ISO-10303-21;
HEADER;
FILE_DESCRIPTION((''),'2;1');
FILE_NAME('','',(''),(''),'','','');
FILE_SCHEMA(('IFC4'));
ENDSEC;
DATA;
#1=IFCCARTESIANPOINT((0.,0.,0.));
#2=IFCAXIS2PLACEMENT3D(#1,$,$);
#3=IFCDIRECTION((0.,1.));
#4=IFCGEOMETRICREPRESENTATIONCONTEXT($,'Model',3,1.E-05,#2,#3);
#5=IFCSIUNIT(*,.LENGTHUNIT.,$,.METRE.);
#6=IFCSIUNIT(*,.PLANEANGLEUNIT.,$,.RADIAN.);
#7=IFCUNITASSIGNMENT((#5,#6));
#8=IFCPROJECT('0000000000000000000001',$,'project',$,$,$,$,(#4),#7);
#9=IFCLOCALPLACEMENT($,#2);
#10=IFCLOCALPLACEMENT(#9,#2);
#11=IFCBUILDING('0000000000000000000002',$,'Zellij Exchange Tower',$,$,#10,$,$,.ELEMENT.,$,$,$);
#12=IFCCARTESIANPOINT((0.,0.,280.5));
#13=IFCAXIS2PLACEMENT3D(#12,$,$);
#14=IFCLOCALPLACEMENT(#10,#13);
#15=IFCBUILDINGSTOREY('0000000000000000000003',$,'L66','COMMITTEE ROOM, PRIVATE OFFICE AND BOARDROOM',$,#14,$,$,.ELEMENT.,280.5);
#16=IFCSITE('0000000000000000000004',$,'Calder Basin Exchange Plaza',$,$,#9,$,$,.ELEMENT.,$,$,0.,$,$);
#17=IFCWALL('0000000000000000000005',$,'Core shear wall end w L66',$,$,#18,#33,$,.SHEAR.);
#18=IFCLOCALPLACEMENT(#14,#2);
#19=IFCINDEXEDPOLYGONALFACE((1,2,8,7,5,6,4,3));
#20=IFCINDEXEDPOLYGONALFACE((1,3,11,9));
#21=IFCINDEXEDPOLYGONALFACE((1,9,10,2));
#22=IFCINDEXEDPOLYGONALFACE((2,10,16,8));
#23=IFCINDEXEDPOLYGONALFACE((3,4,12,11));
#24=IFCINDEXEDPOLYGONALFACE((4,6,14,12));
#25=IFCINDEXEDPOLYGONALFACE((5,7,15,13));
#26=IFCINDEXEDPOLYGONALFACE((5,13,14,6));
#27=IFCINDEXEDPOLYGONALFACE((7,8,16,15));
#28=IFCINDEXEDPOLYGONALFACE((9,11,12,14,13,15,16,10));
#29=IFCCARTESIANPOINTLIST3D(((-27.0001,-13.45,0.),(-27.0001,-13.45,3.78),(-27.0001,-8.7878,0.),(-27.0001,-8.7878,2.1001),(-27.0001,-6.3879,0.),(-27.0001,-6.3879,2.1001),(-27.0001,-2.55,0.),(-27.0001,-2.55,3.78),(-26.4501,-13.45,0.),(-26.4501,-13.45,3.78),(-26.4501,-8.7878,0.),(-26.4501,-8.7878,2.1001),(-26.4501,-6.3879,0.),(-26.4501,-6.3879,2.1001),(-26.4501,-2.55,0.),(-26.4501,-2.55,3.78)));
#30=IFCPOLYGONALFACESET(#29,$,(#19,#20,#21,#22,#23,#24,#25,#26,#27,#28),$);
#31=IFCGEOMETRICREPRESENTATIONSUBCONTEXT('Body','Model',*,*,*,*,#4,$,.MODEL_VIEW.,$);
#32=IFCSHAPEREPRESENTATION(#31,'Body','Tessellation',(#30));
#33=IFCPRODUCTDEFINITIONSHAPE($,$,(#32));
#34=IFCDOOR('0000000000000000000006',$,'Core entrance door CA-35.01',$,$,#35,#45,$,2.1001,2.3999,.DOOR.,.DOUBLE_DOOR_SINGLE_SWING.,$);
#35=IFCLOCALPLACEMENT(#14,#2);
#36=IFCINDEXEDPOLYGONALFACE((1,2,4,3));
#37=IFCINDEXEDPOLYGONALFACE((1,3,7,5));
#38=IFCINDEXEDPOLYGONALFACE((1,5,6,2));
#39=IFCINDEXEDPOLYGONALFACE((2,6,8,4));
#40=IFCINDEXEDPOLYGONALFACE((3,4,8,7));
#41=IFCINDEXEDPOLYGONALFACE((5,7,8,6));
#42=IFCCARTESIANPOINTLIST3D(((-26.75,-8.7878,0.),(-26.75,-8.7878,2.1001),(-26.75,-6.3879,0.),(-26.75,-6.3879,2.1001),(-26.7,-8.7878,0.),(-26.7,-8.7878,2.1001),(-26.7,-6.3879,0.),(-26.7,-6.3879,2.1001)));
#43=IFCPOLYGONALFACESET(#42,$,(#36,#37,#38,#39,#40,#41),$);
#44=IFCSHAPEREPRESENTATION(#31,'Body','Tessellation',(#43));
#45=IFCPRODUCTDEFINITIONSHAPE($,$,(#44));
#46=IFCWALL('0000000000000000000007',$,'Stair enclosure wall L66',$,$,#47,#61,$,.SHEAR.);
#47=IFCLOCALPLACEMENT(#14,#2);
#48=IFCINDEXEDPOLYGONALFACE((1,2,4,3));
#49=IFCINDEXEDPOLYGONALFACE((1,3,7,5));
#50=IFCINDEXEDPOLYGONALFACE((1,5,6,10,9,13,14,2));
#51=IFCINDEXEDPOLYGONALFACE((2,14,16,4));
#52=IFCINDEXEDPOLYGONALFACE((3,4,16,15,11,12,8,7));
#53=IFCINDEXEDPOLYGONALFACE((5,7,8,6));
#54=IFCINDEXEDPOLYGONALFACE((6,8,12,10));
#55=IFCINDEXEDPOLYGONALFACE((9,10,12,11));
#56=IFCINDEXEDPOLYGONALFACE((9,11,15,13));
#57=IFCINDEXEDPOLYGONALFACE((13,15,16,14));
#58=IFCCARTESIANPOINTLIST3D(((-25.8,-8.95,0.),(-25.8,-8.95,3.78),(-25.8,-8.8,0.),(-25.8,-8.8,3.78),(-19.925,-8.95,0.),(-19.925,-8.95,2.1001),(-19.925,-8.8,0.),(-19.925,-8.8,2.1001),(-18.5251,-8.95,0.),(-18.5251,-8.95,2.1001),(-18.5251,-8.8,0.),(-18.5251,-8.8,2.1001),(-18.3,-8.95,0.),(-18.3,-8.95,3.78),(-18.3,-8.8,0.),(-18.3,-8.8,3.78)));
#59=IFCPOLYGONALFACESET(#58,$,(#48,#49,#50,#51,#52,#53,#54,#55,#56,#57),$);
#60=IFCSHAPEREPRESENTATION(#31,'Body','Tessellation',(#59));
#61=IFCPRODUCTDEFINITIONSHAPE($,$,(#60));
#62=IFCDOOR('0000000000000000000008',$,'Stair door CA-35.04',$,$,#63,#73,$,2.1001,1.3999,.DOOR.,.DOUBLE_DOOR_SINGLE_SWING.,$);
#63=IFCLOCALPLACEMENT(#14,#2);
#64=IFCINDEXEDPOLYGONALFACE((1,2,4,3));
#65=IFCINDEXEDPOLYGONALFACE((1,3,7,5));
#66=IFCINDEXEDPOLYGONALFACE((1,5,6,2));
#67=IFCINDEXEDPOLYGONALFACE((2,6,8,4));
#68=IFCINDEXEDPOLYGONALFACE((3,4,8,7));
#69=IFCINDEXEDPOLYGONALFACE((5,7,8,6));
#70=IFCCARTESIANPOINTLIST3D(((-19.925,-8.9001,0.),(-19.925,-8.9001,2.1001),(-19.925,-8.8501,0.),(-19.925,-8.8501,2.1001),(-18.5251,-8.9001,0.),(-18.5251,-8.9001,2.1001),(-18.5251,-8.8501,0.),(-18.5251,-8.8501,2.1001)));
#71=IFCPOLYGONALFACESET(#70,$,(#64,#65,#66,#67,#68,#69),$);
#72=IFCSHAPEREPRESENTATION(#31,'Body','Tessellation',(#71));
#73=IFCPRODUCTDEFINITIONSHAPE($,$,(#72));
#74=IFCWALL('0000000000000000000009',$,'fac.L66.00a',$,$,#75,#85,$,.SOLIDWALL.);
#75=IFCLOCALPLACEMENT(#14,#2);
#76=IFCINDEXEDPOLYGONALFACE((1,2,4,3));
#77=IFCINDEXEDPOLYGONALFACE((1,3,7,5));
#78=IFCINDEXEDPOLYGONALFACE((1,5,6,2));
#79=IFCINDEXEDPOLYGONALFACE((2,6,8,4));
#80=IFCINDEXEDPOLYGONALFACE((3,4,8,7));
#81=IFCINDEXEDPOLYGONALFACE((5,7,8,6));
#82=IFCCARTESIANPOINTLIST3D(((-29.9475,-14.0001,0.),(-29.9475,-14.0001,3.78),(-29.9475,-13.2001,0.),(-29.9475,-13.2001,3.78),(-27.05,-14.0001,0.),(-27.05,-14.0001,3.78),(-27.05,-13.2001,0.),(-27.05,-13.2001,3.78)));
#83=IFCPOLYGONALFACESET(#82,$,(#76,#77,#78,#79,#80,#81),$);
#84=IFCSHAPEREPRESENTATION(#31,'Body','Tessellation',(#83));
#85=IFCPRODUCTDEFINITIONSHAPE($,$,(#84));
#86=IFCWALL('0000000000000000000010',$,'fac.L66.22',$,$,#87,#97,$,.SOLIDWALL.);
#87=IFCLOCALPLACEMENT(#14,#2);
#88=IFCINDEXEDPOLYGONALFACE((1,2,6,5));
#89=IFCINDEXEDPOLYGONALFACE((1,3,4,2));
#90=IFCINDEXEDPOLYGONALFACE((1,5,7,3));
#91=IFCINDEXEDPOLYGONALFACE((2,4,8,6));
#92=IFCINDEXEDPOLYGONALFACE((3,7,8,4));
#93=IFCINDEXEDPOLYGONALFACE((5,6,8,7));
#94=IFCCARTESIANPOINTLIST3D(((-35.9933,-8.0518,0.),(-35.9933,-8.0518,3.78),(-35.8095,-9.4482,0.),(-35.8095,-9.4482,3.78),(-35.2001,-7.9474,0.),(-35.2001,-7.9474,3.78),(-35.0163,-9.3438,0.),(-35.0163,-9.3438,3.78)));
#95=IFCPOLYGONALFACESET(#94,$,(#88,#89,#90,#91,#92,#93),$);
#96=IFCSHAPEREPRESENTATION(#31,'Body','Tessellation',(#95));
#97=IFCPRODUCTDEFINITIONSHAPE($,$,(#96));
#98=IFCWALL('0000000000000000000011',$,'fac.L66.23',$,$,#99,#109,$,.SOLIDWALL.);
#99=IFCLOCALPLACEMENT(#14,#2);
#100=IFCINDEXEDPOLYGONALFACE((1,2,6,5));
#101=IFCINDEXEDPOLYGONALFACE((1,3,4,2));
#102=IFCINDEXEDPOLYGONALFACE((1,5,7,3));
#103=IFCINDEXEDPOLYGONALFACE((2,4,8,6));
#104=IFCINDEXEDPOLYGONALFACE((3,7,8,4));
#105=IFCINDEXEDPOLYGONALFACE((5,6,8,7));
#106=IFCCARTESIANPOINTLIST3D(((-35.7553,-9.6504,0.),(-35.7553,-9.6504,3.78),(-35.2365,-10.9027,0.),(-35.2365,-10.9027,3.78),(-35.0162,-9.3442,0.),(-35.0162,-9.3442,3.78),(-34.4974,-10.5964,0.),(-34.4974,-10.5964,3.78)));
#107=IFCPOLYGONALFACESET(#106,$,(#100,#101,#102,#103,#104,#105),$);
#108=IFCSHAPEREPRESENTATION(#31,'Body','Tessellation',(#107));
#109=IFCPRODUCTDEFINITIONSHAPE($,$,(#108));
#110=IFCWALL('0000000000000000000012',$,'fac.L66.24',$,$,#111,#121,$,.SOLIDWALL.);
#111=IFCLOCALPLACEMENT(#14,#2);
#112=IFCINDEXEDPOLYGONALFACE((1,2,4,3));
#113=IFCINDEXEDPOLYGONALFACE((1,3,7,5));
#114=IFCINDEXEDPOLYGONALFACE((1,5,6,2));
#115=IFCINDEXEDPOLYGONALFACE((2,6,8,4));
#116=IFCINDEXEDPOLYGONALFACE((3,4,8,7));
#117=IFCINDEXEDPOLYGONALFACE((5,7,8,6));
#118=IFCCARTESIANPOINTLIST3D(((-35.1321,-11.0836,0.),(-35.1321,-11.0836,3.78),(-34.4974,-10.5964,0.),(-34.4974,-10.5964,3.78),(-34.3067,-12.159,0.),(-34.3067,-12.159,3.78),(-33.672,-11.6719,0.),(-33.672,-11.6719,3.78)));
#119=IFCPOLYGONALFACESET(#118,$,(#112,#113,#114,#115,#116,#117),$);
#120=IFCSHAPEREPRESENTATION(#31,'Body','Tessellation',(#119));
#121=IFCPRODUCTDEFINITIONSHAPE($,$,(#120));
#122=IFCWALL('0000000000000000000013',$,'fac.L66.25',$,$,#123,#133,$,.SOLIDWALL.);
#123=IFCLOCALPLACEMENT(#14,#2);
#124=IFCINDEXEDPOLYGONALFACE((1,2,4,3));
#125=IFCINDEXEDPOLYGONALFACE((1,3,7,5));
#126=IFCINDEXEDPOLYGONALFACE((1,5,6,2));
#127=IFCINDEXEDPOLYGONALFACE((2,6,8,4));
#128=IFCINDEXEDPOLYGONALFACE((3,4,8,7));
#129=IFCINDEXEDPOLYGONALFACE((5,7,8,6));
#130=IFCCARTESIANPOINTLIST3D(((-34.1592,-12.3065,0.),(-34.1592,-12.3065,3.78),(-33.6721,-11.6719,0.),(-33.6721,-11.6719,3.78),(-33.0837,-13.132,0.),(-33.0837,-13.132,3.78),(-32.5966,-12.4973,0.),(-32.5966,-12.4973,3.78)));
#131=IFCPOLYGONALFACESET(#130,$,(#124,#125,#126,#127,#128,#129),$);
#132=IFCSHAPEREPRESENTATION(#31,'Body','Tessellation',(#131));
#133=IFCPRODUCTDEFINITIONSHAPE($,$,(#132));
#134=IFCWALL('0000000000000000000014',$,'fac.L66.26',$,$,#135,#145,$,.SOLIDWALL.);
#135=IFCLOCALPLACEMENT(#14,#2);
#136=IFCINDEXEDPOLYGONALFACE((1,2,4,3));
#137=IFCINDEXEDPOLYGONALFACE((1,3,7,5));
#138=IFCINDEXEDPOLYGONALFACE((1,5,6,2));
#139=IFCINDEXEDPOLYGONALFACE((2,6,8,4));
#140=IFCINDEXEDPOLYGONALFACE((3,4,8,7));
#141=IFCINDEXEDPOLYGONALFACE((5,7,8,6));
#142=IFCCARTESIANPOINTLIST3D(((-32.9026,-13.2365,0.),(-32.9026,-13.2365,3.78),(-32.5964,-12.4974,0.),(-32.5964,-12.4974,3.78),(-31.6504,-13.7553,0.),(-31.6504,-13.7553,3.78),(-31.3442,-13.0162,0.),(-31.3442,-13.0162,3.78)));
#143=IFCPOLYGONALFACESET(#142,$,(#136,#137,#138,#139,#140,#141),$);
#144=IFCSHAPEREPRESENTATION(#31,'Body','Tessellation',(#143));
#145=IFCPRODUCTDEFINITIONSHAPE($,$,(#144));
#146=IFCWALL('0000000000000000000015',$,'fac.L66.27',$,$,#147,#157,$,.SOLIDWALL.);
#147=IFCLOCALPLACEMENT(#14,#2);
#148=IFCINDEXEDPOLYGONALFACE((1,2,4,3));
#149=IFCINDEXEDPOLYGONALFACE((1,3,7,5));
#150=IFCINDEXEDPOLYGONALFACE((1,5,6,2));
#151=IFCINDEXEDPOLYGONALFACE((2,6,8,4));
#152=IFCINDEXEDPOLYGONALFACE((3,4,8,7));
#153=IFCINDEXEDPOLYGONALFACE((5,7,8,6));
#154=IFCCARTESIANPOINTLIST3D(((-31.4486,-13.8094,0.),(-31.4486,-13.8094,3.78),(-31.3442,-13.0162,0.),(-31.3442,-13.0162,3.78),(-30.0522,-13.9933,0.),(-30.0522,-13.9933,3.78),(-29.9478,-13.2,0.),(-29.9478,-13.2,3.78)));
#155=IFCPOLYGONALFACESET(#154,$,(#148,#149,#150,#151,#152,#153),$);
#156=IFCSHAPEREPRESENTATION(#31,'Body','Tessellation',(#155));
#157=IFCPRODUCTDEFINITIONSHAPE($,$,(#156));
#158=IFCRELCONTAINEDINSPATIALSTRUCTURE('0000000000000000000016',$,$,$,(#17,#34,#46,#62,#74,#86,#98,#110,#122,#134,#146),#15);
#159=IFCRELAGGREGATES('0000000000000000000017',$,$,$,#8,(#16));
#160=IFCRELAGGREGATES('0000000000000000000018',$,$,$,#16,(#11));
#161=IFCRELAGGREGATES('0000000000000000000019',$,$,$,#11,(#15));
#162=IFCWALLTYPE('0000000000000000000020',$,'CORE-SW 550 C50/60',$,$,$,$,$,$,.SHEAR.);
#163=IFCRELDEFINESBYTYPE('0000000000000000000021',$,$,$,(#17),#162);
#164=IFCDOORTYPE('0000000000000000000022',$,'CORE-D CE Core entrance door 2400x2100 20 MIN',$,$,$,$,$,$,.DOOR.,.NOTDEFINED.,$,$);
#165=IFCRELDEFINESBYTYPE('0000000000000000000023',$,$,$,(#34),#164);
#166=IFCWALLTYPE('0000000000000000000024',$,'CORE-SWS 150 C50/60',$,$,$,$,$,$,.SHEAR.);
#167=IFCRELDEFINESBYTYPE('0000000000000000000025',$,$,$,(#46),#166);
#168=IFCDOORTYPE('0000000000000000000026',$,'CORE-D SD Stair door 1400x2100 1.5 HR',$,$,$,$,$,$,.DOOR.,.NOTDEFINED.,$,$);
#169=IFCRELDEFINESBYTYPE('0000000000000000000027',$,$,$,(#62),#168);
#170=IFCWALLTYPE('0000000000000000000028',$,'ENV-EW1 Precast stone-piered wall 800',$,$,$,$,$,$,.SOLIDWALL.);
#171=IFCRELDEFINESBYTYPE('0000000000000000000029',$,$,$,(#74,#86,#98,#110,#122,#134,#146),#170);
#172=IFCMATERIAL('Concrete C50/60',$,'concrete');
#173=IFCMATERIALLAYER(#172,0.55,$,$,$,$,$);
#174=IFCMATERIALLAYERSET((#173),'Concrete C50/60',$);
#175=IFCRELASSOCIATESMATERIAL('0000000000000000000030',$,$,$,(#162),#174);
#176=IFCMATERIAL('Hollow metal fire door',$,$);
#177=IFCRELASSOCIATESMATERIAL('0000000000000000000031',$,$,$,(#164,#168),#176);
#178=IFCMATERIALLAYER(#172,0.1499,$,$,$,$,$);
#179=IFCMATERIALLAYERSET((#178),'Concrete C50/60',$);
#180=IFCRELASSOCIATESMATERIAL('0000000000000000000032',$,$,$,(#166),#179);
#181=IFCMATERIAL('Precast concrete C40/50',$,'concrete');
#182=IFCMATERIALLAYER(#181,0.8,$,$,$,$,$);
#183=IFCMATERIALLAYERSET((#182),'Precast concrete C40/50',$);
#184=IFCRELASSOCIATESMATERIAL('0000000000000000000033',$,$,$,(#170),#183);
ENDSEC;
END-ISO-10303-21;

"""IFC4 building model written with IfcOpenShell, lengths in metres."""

from ifc_helpers import new_model, si_unit, direction, frame, frame_2d, origin, place, context, subcontext, project, spatial, rectangle, extrude, material, layer, layer_set, type_object, element, fill, save


model = new_model("IFC4")

# Units and contexts
model_context = context("Model", 3, precision=1e-05, world=origin(), true_north=direction((0.0, 1.0)))
body_context = subcontext(model_context, "Body", "Model", "MODEL_VIEW")
ifc_project = project(units=[si_unit("LENGTHUNIT", "METRE"), si_unit("PLANEANGLEUNIT", "RADIAN")], contexts=[model_context])

# Site, building, storey
site_placement = place(None, origin())
site = spatial("IfcSite", under=ifc_project, at=site_placement, Name="Calder Basin Exchange Plaza", CompositionType="ELEMENT", RefElevation=0.0)
building_placement = place(site_placement, origin())
building = spatial("IfcBuilding", under=site, at=building_placement, Name="Zellij Exchange Tower", CompositionType="ELEMENT")
storey_placement = place(building_placement, frame((0.0, 0.0, 280.5)))
storey = spatial("IfcBuildingStorey", under=building, at=storey_placement, Name="L66", Description="COMMITTEE ROOM, PRIVATE OFFICE AND BOARDROOM", CompositionType="ELEMENT", Elevation=280.5)

# Shared definitions
ifc_material_1 = material(Name="Concrete C50/60", Category="concrete")

# Shared definitions
ifc_layer_1 = layer(ifc_material_1, 0.55)
ifc_layer_set_1 = layer_set([ifc_layer_1], Name="Concrete C50/60")
wall_type_1 = type_object("IfcWallType", Name="CORE-SW 550 C50/60", PredefinedType="SHEAR", material=ifc_layer_set_1)

# Walls, openings, doors
wall_1_placement = place(storey_placement, frame((-26.7251, -13.45, 0.0), z_axis=(0.0, 0.0, 1.0), x_axis=(0.0, 1.0, 0.0)))
wall_1 = element("IfcWall", 1, at=wall_1_placement, inside=storey, type_object=wall_type_1, Name="Core shear wall end w L66", PredefinedType="SHEAR", context=body_context, shape_type="SweptSolid", body=[
    extrude(rectangle(XDim=10.8999, YDim=0.55, at=frame_2d((5.45, 0.0))), origin(), (0.0, 0.0, 1.0), 3.78),
])
opening_1_placement = place(wall_1_placement, frame((4.6621, 0.0, 0.0)))
opening_1 = element("IfcOpeningElement", 2, at=opening_1_placement, cuts=wall_1, PredefinedType="OPENING", context=body_context, shape_type="SweptSolid", body=[
    extrude(rectangle(XDim=2.3999, YDim=2.1001, at=frame_2d((1.2, 1.05))), frame((0.0, 0.2871, 0.0), z_axis=(0.0, -1.0, 0.0), x_axis=(1.0, 0.0, 0.0)), (0.0, 0.0, 1.0), 0.574),
])
ifc_material_2 = material(Name="Hollow metal fire door")
door_type_1 = type_object("IfcDoorType", Name="CORE-D CE Core entrance door 2400x2100 20 MIN", OperationType="NOTDEFINED", PredefinedType="DOOR", material=ifc_material_2)
door_1_placement = place(opening_1_placement, origin())
door_1 = element("IfcDoor", 3, at=door_1_placement, inside=storey, type_object=door_type_1, Name="Core entrance door CA-35.01", OperationType="DOUBLE_DOOR_SINGLE_SWING", OverallHeight=2.1001, OverallWidth=2.3999, PredefinedType="DOOR", context=body_context, shape_type="SweptSolid", body=[
    extrude(rectangle(XDim=2.3999, YDim=2.1001, at=frame_2d((1.2, 1.05))), frame((0.0, 0.0249, 0.0), z_axis=(0.0, -1.0, 0.0), x_axis=(1.0, 0.0, 0.0)), (0.0, 0.0, 1.0), 0.05),
])
fill(opening_1, door_1)
ifc_layer_2 = layer(ifc_material_1, 0.1499)
ifc_layer_set_2 = layer_set([ifc_layer_2], Name="Concrete C50/60")
wall_type_2 = type_object("IfcWallType", Name="CORE-SWS 150 C50/60", PredefinedType="SHEAR", material=ifc_layer_set_2)
wall_2_placement = place(storey_placement, frame((-25.8, -8.875, 0.0), z_axis=(0.0, 0.0, 1.0), x_axis=(1.0, 0.0, 0.0)))
wall_2 = element("IfcWall", 4, at=wall_2_placement, inside=storey, type_object=wall_type_2, Name="Stair enclosure wall L66", PredefinedType="SHEAR", context=body_context, shape_type="SweptSolid", body=[
    extrude(rectangle(XDim=7.5, YDim=0.1499, at=frame_2d((3.75, 0.0))), origin(), (0.0, 0.0, 1.0), 3.78),
])
opening_2_placement = place(wall_2_placement, frame((5.875, 0.0, 0.0)))
opening_2 = element("IfcOpeningElement", 5, at=opening_2_placement, cuts=wall_2, PredefinedType="OPENING", context=body_context, shape_type="SweptSolid", body=[
    extrude(rectangle(XDim=1.3999, YDim=2.1001, at=frame_2d((0.7, 1.05))), frame((0.0, 0.0869, 0.0), z_axis=(0.0, -1.0, 0.0), x_axis=(1.0, 0.0, 0.0)), (0.0, 0.0, 1.0), 0.1738),
])
door_type_2 = type_object("IfcDoorType", Name="CORE-D SD Stair door 1400x2100 1.5 HR", OperationType="NOTDEFINED", PredefinedType="DOOR", material=ifc_material_2)
door_2_placement = place(opening_2_placement, origin())
door_2 = element("IfcDoor", 6, at=door_2_placement, inside=storey, type_object=door_type_2, Name="Stair door CA-35.04", OperationType="DOUBLE_DOOR_SINGLE_SWING", OverallHeight=2.1001, OverallWidth=1.3999, PredefinedType="DOOR", context=body_context, shape_type="SweptSolid", body=[
    extrude(rectangle(XDim=1.3999, YDim=2.1001, at=frame_2d((0.7, 1.05))), frame((0.0, 0.0249, 0.0), z_axis=(0.0, -1.0, 0.0), x_axis=(1.0, 0.0, 0.0)), (0.0, 0.0, 1.0), 0.05),
])
fill(opening_2, door_2)

# Walls
ifc_material_3 = material(Name="Precast concrete C40/50", Category="concrete")
ifc_layer_3 = layer(ifc_material_3, 0.8)
ifc_layer_set_3 = layer_set([ifc_layer_3], Name="Precast concrete C40/50")
wall_type_3 = type_object("IfcWallType", Name="ENV-EW1 Precast stone-piered wall 800", PredefinedType="SOLIDWALL", material=ifc_layer_set_3)
wall_3_placement = place(storey_placement, frame((-29.9475, -13.6001, 0.0), z_axis=(0.0, 0.0, 1.0), x_axis=(1.0, 0.0, 0.0)))
element("IfcWall", 7, at=wall_3_placement, inside=storey, type_object=wall_type_3, Name="fac.L66.00a", PredefinedType="SOLIDWALL", context=body_context, shape_type="SweptSolid", body=[
    extrude(rectangle(XDim=2.8975, YDim=0.8, at=frame_2d((1.4487, 0.0))), origin(), (0.0, 0.0, 1.0), 3.78),
])
wall_4_placement = place(storey_placement, frame((-35.5967, -7.9998, 0.0), z_axis=(0.0, 0.0, 1.0), x_axis=(0.130517, -0.991446, 0.0)))
element("IfcWall", 8, at=wall_4_placement, inside=storey, type_object=wall_type_3, Name="fac.L66.22", PredefinedType="SOLIDWALL", context=body_context, shape_type="SweptSolid", body=[
    extrude(rectangle(XDim=1.4084, YDim=0.8, at=frame_2d((0.7041, 0.0))), origin(), (0.0, 0.0, 1.0), 3.78),
])
wall_5_placement = place(storey_placement, frame((-35.3857, -9.4973, 0.0), z_axis=(0.0, 0.0, 1.0), x_axis=(0.38276, -0.923848, 0.0)))
element("IfcWall", 9, at=wall_5_placement, inside=storey, type_object=wall_type_3, Name="fac.L66.23", PredefinedType="SOLIDWALL", context=body_context, shape_type="SweptSolid", body=[
    extrude(rectangle(XDim=1.3555, YDim=0.8, at=frame_2d((0.6777, 0.0))), origin(), (0.0, 0.0, 1.0), 3.78),
])
for number, where, z_axis, x_axis, name in (
    (10, (-34.8147, -10.8401, 0.0), (0.0, 0.0, 1.0), (0.608866, -0.793273, 0.0), "fac.L66.24"),
    (11, (-33.9155, -11.9893, 0.0), (0.0, 0.0, 1.0), (0.793273, -0.608866, 0.0), "fac.L66.25"),
):
    element("IfcWall", number, at=place(storey_placement, frame(where, z_axis=z_axis, x_axis=x_axis)), inside=storey, type_object=wall_type_3, Name=name, PredefinedType="SOLIDWALL", context=body_context, shape_type="SweptSolid", body=[
        extrude(rectangle(XDim=1.3557, YDim=0.8, at=frame_2d((0.6777, 0.0))), origin(), (0.0, 0.0, 1.0), 3.78),
    ])
wall_6_placement = place(storey_placement, frame((-32.7495, -12.8669, 0.0), z_axis=(0.0, 0.0, 1.0), x_axis=(0.923848, -0.38276, 0.0)))
element("IfcWall", 12, at=wall_6_placement, inside=storey, type_object=wall_type_3, Name="fac.L66.26", PredefinedType="SOLIDWALL", context=body_context, shape_type="SweptSolid", body=[
    extrude(rectangle(XDim=1.3555, YDim=0.8, at=frame_2d((0.6777, 0.0))), origin(), (0.0, 0.0, 1.0), 3.78),
])
wall_7_placement = place(storey_placement, frame((-31.3962, -13.4128, 0.0), z_axis=(0.0, 0.0, 1.0), x_axis=(0.991446, -0.130517, 0.0)))
element("IfcWall", 13, at=wall_7_placement, inside=storey, type_object=wall_type_3, Name="fac.L66.27", PredefinedType="SOLIDWALL", context=body_context, shape_type="SweptSolid", body=[
    extrude(rectangle(XDim=1.4084, YDim=0.8, at=frame_2d((0.7041, 0.0))), origin(), (0.0, 0.0, 1.0), 3.78),
])

save(model, "model.ifc")
